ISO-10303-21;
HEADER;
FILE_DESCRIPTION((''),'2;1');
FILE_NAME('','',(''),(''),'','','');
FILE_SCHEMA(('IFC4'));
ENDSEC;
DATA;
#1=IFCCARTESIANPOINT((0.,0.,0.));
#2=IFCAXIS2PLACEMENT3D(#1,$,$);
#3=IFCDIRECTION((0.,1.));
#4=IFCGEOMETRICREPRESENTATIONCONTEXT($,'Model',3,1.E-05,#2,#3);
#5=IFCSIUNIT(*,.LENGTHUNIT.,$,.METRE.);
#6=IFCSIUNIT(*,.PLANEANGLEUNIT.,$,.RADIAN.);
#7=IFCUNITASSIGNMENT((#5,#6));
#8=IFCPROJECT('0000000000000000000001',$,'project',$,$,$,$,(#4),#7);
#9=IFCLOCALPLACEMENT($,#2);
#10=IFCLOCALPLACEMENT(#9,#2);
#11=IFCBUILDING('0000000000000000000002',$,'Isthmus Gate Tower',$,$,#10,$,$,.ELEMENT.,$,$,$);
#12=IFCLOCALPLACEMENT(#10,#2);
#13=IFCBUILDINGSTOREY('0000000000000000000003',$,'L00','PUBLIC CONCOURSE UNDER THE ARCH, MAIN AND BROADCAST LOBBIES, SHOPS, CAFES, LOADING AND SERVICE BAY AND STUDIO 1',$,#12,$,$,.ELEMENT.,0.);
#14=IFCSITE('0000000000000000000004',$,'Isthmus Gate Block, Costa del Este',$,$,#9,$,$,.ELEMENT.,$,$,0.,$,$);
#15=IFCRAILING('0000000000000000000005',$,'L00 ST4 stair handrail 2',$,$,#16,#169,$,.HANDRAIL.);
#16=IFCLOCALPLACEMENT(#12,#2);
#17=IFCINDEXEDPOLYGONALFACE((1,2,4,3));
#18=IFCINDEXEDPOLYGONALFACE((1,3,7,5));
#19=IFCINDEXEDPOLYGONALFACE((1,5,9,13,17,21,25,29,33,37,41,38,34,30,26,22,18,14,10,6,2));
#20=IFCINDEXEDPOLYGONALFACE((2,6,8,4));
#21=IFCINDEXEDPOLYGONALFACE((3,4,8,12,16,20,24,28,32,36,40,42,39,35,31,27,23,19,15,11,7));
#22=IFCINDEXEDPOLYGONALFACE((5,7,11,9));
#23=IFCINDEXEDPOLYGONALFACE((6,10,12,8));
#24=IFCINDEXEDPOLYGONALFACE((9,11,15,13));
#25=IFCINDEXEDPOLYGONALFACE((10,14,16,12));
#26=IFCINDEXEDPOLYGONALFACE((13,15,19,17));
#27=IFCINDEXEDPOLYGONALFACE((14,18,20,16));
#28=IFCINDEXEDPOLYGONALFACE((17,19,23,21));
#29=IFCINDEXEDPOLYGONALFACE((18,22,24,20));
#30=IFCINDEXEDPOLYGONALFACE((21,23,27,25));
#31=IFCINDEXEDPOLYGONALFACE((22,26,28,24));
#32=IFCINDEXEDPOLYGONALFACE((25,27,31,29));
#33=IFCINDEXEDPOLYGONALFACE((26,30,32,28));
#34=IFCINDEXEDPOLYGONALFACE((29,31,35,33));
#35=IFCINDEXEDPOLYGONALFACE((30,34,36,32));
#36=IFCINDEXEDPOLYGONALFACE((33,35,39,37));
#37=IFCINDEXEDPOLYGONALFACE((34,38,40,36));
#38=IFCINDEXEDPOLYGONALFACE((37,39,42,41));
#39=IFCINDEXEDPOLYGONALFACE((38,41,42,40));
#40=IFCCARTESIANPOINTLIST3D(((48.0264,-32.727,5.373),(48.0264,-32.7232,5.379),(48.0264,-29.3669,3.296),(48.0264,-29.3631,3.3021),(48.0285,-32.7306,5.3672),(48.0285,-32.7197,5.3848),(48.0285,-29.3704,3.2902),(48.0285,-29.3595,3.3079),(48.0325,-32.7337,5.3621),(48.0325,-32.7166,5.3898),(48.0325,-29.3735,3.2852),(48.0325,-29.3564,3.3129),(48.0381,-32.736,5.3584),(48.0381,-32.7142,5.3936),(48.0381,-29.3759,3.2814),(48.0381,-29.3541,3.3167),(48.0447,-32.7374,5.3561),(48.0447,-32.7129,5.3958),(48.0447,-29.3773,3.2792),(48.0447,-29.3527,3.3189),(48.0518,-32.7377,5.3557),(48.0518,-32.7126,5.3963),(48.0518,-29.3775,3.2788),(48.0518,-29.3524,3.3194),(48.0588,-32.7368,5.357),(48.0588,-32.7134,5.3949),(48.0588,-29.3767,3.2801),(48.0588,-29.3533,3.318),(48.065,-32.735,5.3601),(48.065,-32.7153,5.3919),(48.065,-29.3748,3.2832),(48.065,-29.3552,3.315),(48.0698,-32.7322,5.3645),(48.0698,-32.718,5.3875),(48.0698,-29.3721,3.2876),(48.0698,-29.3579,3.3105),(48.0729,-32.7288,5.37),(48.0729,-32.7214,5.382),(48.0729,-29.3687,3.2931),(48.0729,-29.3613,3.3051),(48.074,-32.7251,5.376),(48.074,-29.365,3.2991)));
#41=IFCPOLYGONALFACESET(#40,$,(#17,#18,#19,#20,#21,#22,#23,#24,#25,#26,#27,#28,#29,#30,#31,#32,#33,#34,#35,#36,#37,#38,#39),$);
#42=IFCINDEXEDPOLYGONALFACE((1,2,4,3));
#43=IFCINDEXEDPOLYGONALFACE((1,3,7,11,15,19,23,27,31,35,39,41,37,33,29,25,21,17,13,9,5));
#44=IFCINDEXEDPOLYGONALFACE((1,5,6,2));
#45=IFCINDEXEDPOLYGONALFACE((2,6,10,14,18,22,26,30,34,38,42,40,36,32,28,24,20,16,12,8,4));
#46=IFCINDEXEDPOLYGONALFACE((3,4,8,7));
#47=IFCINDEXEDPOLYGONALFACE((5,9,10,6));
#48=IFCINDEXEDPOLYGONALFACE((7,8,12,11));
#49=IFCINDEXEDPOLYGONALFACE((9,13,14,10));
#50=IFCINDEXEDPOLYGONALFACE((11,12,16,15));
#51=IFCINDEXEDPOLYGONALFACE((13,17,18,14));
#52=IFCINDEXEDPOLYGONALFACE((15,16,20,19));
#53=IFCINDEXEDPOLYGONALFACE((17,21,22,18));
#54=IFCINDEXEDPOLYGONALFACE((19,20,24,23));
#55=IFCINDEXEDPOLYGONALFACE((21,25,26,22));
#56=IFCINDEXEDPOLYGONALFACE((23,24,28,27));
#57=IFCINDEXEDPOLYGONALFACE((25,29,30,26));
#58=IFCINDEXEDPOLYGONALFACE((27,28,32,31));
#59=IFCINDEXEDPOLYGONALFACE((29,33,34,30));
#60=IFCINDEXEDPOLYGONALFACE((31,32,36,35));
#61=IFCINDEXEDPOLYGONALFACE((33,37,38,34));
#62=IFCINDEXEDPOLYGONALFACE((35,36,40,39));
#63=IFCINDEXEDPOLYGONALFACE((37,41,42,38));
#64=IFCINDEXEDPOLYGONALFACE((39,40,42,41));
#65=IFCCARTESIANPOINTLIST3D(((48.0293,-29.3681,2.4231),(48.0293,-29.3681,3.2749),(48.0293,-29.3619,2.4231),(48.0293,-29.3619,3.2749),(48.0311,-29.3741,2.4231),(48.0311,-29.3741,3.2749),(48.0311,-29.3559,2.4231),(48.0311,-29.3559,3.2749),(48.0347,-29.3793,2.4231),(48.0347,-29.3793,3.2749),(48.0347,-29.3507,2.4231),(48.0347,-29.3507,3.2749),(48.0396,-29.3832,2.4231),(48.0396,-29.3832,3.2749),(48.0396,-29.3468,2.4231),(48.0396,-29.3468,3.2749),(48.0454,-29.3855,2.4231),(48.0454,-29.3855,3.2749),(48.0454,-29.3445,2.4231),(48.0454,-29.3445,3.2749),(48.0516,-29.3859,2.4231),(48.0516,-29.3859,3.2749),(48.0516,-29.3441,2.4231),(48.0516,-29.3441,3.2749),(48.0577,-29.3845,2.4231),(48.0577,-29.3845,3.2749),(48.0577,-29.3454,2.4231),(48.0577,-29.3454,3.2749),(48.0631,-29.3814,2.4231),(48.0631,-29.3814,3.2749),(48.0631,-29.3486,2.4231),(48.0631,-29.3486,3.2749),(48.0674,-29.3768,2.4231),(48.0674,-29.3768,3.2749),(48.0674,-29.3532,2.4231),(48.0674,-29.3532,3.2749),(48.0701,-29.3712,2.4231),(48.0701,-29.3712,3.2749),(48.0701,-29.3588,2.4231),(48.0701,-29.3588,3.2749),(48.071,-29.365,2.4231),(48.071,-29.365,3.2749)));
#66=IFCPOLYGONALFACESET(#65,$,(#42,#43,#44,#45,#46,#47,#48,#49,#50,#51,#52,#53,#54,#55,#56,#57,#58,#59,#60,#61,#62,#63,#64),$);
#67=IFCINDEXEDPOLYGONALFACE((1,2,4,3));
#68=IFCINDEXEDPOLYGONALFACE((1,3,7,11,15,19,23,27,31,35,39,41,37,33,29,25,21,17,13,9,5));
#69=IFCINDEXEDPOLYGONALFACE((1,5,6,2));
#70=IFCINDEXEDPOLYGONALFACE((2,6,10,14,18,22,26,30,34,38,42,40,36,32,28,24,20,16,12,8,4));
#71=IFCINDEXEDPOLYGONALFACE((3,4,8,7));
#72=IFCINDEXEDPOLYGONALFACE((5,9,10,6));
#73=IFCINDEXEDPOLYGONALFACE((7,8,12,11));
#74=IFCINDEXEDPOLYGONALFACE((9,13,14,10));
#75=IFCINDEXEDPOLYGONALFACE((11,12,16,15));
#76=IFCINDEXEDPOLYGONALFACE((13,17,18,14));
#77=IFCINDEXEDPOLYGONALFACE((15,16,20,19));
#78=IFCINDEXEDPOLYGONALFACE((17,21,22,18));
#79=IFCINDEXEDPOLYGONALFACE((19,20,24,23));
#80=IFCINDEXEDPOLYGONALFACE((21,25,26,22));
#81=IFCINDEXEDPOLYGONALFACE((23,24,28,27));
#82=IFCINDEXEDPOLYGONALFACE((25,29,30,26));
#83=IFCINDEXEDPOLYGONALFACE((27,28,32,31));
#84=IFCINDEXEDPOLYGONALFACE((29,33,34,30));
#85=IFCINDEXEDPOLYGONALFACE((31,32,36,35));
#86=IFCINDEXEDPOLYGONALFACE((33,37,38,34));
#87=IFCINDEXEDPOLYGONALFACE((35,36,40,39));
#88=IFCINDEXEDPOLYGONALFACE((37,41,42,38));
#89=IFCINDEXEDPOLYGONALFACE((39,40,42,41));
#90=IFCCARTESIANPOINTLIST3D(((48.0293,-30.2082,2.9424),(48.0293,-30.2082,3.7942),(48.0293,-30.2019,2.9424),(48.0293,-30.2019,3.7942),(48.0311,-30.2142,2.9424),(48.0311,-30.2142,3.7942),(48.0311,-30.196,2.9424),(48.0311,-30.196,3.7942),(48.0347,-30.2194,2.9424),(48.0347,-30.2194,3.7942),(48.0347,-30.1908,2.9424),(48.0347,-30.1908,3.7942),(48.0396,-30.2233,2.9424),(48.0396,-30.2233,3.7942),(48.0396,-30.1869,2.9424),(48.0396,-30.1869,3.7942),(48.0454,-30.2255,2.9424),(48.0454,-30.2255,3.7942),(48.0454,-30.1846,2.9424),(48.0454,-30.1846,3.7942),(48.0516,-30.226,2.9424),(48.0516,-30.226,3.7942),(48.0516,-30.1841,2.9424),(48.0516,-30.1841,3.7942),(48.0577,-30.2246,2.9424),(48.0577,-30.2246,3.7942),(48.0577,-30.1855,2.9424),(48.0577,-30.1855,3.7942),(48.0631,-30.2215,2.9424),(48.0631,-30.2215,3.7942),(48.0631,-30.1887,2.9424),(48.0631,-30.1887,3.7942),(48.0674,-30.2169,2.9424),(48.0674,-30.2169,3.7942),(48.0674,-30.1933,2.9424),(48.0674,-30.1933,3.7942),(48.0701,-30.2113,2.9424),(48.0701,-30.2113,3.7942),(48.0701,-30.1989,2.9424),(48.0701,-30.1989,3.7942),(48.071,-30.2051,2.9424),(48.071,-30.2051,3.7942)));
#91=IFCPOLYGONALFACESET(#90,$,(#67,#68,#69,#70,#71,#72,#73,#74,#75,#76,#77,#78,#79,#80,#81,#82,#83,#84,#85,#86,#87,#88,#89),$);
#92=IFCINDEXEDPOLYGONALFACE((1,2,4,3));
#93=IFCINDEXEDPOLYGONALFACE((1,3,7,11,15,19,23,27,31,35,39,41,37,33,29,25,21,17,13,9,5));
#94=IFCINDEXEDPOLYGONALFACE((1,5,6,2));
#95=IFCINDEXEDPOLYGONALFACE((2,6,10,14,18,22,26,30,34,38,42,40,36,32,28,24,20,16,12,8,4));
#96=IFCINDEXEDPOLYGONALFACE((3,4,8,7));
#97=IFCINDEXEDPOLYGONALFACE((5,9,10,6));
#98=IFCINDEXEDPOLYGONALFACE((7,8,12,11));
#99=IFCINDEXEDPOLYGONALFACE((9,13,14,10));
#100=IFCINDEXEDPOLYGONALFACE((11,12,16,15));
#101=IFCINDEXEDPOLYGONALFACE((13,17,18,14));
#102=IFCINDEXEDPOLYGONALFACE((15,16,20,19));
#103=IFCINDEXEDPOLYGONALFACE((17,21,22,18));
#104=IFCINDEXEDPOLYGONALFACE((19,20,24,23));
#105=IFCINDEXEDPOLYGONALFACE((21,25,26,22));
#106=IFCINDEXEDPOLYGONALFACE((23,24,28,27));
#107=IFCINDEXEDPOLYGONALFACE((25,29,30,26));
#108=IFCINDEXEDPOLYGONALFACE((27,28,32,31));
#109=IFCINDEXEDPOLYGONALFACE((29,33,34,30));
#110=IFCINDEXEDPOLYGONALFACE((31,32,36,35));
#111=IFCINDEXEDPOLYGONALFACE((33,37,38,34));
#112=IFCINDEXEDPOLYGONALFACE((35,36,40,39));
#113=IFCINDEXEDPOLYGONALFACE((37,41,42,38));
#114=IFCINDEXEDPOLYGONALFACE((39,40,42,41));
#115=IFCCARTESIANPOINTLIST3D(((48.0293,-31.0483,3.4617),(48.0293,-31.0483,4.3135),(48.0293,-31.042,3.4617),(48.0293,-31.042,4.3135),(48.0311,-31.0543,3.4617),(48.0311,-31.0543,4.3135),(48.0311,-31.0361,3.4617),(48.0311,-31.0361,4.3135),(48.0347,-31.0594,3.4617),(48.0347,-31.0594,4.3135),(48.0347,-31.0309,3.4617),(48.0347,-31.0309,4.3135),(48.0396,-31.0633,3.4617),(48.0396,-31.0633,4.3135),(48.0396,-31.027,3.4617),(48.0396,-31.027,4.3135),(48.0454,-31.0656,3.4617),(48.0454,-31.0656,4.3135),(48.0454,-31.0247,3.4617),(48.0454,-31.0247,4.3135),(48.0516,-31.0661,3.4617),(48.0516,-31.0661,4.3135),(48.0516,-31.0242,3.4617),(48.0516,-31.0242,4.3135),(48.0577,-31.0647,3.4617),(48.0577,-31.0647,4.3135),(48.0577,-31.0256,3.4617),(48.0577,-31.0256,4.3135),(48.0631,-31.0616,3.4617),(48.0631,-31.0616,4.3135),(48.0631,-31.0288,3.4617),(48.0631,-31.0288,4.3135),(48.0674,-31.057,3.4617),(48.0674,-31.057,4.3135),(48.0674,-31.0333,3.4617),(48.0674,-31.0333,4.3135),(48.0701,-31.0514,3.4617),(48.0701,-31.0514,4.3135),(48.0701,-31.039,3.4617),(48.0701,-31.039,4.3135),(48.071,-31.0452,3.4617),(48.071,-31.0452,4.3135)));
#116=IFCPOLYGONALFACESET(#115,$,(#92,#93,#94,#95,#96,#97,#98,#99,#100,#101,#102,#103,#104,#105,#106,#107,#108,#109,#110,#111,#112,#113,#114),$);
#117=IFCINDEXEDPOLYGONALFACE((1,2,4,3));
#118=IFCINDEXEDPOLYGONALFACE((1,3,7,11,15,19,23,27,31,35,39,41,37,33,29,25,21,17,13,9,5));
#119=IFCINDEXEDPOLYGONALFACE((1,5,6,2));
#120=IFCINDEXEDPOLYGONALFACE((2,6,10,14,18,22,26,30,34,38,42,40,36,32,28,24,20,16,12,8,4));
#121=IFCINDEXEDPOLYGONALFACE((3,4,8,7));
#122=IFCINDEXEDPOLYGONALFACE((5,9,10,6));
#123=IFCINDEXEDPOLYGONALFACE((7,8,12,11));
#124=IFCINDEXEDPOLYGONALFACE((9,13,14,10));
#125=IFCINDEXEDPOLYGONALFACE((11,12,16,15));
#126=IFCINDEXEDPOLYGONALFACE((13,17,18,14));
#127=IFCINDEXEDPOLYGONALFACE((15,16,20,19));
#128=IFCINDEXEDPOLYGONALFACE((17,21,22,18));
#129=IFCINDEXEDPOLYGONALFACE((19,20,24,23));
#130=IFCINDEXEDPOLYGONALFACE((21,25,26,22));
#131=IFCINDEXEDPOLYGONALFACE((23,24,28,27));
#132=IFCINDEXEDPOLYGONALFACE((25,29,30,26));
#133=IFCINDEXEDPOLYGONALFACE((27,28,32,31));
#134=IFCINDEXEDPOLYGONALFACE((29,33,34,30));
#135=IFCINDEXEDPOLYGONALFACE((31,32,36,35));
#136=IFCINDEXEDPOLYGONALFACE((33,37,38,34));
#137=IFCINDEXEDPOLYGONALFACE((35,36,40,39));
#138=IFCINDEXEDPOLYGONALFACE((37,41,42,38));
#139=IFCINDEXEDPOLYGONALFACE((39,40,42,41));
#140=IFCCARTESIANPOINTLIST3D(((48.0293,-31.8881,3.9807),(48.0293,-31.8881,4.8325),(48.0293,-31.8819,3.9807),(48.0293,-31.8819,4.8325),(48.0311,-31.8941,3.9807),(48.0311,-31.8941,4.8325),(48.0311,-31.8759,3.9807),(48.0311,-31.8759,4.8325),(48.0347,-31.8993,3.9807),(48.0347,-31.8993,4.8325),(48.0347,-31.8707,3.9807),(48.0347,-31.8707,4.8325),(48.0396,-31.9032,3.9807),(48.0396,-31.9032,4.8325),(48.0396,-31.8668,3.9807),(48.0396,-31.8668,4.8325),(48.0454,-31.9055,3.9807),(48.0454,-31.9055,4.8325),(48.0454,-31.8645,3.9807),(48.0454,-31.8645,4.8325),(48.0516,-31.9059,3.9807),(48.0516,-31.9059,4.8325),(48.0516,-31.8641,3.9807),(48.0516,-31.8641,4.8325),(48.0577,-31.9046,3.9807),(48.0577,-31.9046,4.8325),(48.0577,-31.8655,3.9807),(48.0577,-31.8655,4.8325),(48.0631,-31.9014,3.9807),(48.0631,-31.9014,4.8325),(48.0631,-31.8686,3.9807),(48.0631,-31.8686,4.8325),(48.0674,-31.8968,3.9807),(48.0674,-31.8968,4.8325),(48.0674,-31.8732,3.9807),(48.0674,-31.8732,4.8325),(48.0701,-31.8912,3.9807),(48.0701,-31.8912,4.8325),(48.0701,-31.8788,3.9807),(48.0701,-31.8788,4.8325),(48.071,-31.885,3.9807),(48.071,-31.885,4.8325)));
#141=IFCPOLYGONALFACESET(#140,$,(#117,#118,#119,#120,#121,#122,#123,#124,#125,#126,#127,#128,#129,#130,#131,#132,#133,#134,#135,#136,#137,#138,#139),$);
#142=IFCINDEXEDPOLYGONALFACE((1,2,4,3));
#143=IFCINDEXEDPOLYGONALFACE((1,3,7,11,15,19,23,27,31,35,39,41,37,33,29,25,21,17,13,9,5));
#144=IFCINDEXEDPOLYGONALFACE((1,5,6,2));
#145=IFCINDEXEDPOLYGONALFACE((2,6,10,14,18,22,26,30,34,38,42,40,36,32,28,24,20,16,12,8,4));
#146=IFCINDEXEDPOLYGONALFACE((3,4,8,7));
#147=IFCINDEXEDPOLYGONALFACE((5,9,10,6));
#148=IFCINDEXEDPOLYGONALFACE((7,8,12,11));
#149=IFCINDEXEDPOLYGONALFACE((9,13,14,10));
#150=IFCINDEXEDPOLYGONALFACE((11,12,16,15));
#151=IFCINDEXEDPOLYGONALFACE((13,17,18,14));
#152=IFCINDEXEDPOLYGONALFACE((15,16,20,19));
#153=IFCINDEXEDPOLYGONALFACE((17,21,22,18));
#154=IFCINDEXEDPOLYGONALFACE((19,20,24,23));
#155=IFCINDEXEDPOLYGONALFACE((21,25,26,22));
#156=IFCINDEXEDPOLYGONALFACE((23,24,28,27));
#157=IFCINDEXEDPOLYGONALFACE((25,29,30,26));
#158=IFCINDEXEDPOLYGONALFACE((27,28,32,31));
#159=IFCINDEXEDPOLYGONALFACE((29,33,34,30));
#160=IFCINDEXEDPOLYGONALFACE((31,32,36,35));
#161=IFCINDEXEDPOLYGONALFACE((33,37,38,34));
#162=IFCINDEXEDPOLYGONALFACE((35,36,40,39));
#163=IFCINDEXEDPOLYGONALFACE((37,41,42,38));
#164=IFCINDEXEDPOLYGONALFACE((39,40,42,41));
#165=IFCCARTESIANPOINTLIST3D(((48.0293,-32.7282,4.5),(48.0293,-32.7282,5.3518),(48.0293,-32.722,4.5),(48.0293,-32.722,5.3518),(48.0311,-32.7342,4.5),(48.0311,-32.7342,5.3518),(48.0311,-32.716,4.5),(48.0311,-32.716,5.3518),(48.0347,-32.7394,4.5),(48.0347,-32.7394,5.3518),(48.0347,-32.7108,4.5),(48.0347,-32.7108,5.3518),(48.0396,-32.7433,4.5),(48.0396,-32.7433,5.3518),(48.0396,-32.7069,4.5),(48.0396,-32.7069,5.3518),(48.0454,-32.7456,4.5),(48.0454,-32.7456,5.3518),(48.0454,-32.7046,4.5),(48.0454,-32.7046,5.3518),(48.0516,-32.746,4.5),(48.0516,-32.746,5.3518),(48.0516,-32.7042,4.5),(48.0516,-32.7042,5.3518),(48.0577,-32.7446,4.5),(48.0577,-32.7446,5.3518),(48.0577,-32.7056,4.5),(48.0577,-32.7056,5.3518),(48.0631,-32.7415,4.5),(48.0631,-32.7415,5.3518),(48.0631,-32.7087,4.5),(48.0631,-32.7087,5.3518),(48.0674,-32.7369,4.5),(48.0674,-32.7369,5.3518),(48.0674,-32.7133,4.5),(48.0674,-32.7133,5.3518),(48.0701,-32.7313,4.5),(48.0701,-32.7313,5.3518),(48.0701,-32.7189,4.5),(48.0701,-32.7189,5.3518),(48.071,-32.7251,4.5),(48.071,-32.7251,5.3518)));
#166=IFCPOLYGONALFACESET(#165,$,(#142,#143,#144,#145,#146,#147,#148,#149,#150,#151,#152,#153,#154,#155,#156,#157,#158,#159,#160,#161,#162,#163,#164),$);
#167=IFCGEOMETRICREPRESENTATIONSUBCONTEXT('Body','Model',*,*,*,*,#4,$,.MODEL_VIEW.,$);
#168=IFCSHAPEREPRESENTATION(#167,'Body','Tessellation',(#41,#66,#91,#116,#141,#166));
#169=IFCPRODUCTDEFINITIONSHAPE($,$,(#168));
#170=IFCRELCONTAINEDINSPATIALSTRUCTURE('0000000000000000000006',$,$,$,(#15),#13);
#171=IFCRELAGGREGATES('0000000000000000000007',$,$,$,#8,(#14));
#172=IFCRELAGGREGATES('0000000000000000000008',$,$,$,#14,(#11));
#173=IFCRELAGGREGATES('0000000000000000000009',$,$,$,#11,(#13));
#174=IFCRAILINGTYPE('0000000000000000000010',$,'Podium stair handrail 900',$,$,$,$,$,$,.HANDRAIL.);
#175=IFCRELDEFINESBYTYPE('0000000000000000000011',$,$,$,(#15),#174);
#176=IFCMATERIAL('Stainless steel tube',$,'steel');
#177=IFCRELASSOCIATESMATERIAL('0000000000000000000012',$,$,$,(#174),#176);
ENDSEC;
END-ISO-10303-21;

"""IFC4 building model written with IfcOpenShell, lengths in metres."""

from ifc_helpers import new_model, si_unit, direction, frame, origin, origin_2d, place, context, subcontext, project, spatial, circle, extrude, material, type_object, element, save


model = new_model("IFC4")

# Units and contexts
model_context = context("Model", 3, precision=1e-05, world=origin(), true_north=direction((0.0, 1.0)))
body_context = subcontext(model_context, "Body", "Model", "MODEL_VIEW")
ifc_project = project(units=[si_unit("LENGTHUNIT", "METRE"), si_unit("PLANEANGLEUNIT", "RADIAN")], contexts=[model_context])

# Site, building, storey
site_placement = place(None, origin())
site = spatial("IfcSite", under=ifc_project, at=site_placement, Name="Isthmus Gate Block, Costa del Este", CompositionType="ELEMENT", RefElevation=0.0)
building_placement = place(site_placement, origin())
building = spatial("IfcBuilding", under=site, at=building_placement, Name="Isthmus Gate Tower", CompositionType="ELEMENT")
storey_placement = place(building_placement, origin())
storey = spatial("IfcBuildingStorey", under=building, at=storey_placement, Name="L00", Description="PUBLIC CONCOURSE UNDER THE ARCH, MAIN AND BROADCAST LOBBIES, SHOPS, CAFES, LOADING AND SERVICE BAY AND STUDIO 1", CompositionType="ELEMENT", Elevation=0.0)

# Railing
ifc_material_1 = material(Name="Stainless steel tube", Category="steel")
railing_type_1 = type_object("IfcRailingType", Name="Podium stair handrail 900", PredefinedType="HANDRAIL", material=ifc_material_1)
railing_1_placement = place(storey_placement, frame((48.05, -29.365, 2.4231)))
element("IfcRailing", 1, at=railing_1_placement, inside=storey, type_object=railing_type_1, Name="L00 ST4 stair handrail 2", PredefinedType="HANDRAIL", context=body_context, shape_type="SweptSolid", body=[
    extrude(circle(Radius=0.0239, at=origin_2d()), frame((0.0, 0.0, 0.876), z_axis=(0.0, -0.850623, 0.525776), x_axis=(1.0, 0.0, 0.0)), (0.0, 0.0, 1.0), 3.9502),
    extrude(circle(Radius=0.021, at=origin_2d()), origin(), (0.0, 0.0, 1.0), 0.8518),
    extrude(circle(Radius=0.021, at=origin_2d()), frame((0.0, -0.8401, 0.5193)), (0.0, 0.0, 1.0), 0.8518),
    extrude(circle(Radius=0.021, at=origin_2d()), frame((0.0, -1.6802, 1.0386)), (0.0, 0.0, 1.0), 0.8518),
    extrude(circle(Radius=0.021, at=origin_2d()), frame((0.0, -2.52, 1.5576)), (0.0, 0.0, 1.0), 0.8518),
    extrude(circle(Radius=0.021, at=origin_2d()), frame((0.0, -3.3601, 2.0769)), (0.0, 0.0, 1.0), 0.8518),
])

save(model, "model.ifc")
